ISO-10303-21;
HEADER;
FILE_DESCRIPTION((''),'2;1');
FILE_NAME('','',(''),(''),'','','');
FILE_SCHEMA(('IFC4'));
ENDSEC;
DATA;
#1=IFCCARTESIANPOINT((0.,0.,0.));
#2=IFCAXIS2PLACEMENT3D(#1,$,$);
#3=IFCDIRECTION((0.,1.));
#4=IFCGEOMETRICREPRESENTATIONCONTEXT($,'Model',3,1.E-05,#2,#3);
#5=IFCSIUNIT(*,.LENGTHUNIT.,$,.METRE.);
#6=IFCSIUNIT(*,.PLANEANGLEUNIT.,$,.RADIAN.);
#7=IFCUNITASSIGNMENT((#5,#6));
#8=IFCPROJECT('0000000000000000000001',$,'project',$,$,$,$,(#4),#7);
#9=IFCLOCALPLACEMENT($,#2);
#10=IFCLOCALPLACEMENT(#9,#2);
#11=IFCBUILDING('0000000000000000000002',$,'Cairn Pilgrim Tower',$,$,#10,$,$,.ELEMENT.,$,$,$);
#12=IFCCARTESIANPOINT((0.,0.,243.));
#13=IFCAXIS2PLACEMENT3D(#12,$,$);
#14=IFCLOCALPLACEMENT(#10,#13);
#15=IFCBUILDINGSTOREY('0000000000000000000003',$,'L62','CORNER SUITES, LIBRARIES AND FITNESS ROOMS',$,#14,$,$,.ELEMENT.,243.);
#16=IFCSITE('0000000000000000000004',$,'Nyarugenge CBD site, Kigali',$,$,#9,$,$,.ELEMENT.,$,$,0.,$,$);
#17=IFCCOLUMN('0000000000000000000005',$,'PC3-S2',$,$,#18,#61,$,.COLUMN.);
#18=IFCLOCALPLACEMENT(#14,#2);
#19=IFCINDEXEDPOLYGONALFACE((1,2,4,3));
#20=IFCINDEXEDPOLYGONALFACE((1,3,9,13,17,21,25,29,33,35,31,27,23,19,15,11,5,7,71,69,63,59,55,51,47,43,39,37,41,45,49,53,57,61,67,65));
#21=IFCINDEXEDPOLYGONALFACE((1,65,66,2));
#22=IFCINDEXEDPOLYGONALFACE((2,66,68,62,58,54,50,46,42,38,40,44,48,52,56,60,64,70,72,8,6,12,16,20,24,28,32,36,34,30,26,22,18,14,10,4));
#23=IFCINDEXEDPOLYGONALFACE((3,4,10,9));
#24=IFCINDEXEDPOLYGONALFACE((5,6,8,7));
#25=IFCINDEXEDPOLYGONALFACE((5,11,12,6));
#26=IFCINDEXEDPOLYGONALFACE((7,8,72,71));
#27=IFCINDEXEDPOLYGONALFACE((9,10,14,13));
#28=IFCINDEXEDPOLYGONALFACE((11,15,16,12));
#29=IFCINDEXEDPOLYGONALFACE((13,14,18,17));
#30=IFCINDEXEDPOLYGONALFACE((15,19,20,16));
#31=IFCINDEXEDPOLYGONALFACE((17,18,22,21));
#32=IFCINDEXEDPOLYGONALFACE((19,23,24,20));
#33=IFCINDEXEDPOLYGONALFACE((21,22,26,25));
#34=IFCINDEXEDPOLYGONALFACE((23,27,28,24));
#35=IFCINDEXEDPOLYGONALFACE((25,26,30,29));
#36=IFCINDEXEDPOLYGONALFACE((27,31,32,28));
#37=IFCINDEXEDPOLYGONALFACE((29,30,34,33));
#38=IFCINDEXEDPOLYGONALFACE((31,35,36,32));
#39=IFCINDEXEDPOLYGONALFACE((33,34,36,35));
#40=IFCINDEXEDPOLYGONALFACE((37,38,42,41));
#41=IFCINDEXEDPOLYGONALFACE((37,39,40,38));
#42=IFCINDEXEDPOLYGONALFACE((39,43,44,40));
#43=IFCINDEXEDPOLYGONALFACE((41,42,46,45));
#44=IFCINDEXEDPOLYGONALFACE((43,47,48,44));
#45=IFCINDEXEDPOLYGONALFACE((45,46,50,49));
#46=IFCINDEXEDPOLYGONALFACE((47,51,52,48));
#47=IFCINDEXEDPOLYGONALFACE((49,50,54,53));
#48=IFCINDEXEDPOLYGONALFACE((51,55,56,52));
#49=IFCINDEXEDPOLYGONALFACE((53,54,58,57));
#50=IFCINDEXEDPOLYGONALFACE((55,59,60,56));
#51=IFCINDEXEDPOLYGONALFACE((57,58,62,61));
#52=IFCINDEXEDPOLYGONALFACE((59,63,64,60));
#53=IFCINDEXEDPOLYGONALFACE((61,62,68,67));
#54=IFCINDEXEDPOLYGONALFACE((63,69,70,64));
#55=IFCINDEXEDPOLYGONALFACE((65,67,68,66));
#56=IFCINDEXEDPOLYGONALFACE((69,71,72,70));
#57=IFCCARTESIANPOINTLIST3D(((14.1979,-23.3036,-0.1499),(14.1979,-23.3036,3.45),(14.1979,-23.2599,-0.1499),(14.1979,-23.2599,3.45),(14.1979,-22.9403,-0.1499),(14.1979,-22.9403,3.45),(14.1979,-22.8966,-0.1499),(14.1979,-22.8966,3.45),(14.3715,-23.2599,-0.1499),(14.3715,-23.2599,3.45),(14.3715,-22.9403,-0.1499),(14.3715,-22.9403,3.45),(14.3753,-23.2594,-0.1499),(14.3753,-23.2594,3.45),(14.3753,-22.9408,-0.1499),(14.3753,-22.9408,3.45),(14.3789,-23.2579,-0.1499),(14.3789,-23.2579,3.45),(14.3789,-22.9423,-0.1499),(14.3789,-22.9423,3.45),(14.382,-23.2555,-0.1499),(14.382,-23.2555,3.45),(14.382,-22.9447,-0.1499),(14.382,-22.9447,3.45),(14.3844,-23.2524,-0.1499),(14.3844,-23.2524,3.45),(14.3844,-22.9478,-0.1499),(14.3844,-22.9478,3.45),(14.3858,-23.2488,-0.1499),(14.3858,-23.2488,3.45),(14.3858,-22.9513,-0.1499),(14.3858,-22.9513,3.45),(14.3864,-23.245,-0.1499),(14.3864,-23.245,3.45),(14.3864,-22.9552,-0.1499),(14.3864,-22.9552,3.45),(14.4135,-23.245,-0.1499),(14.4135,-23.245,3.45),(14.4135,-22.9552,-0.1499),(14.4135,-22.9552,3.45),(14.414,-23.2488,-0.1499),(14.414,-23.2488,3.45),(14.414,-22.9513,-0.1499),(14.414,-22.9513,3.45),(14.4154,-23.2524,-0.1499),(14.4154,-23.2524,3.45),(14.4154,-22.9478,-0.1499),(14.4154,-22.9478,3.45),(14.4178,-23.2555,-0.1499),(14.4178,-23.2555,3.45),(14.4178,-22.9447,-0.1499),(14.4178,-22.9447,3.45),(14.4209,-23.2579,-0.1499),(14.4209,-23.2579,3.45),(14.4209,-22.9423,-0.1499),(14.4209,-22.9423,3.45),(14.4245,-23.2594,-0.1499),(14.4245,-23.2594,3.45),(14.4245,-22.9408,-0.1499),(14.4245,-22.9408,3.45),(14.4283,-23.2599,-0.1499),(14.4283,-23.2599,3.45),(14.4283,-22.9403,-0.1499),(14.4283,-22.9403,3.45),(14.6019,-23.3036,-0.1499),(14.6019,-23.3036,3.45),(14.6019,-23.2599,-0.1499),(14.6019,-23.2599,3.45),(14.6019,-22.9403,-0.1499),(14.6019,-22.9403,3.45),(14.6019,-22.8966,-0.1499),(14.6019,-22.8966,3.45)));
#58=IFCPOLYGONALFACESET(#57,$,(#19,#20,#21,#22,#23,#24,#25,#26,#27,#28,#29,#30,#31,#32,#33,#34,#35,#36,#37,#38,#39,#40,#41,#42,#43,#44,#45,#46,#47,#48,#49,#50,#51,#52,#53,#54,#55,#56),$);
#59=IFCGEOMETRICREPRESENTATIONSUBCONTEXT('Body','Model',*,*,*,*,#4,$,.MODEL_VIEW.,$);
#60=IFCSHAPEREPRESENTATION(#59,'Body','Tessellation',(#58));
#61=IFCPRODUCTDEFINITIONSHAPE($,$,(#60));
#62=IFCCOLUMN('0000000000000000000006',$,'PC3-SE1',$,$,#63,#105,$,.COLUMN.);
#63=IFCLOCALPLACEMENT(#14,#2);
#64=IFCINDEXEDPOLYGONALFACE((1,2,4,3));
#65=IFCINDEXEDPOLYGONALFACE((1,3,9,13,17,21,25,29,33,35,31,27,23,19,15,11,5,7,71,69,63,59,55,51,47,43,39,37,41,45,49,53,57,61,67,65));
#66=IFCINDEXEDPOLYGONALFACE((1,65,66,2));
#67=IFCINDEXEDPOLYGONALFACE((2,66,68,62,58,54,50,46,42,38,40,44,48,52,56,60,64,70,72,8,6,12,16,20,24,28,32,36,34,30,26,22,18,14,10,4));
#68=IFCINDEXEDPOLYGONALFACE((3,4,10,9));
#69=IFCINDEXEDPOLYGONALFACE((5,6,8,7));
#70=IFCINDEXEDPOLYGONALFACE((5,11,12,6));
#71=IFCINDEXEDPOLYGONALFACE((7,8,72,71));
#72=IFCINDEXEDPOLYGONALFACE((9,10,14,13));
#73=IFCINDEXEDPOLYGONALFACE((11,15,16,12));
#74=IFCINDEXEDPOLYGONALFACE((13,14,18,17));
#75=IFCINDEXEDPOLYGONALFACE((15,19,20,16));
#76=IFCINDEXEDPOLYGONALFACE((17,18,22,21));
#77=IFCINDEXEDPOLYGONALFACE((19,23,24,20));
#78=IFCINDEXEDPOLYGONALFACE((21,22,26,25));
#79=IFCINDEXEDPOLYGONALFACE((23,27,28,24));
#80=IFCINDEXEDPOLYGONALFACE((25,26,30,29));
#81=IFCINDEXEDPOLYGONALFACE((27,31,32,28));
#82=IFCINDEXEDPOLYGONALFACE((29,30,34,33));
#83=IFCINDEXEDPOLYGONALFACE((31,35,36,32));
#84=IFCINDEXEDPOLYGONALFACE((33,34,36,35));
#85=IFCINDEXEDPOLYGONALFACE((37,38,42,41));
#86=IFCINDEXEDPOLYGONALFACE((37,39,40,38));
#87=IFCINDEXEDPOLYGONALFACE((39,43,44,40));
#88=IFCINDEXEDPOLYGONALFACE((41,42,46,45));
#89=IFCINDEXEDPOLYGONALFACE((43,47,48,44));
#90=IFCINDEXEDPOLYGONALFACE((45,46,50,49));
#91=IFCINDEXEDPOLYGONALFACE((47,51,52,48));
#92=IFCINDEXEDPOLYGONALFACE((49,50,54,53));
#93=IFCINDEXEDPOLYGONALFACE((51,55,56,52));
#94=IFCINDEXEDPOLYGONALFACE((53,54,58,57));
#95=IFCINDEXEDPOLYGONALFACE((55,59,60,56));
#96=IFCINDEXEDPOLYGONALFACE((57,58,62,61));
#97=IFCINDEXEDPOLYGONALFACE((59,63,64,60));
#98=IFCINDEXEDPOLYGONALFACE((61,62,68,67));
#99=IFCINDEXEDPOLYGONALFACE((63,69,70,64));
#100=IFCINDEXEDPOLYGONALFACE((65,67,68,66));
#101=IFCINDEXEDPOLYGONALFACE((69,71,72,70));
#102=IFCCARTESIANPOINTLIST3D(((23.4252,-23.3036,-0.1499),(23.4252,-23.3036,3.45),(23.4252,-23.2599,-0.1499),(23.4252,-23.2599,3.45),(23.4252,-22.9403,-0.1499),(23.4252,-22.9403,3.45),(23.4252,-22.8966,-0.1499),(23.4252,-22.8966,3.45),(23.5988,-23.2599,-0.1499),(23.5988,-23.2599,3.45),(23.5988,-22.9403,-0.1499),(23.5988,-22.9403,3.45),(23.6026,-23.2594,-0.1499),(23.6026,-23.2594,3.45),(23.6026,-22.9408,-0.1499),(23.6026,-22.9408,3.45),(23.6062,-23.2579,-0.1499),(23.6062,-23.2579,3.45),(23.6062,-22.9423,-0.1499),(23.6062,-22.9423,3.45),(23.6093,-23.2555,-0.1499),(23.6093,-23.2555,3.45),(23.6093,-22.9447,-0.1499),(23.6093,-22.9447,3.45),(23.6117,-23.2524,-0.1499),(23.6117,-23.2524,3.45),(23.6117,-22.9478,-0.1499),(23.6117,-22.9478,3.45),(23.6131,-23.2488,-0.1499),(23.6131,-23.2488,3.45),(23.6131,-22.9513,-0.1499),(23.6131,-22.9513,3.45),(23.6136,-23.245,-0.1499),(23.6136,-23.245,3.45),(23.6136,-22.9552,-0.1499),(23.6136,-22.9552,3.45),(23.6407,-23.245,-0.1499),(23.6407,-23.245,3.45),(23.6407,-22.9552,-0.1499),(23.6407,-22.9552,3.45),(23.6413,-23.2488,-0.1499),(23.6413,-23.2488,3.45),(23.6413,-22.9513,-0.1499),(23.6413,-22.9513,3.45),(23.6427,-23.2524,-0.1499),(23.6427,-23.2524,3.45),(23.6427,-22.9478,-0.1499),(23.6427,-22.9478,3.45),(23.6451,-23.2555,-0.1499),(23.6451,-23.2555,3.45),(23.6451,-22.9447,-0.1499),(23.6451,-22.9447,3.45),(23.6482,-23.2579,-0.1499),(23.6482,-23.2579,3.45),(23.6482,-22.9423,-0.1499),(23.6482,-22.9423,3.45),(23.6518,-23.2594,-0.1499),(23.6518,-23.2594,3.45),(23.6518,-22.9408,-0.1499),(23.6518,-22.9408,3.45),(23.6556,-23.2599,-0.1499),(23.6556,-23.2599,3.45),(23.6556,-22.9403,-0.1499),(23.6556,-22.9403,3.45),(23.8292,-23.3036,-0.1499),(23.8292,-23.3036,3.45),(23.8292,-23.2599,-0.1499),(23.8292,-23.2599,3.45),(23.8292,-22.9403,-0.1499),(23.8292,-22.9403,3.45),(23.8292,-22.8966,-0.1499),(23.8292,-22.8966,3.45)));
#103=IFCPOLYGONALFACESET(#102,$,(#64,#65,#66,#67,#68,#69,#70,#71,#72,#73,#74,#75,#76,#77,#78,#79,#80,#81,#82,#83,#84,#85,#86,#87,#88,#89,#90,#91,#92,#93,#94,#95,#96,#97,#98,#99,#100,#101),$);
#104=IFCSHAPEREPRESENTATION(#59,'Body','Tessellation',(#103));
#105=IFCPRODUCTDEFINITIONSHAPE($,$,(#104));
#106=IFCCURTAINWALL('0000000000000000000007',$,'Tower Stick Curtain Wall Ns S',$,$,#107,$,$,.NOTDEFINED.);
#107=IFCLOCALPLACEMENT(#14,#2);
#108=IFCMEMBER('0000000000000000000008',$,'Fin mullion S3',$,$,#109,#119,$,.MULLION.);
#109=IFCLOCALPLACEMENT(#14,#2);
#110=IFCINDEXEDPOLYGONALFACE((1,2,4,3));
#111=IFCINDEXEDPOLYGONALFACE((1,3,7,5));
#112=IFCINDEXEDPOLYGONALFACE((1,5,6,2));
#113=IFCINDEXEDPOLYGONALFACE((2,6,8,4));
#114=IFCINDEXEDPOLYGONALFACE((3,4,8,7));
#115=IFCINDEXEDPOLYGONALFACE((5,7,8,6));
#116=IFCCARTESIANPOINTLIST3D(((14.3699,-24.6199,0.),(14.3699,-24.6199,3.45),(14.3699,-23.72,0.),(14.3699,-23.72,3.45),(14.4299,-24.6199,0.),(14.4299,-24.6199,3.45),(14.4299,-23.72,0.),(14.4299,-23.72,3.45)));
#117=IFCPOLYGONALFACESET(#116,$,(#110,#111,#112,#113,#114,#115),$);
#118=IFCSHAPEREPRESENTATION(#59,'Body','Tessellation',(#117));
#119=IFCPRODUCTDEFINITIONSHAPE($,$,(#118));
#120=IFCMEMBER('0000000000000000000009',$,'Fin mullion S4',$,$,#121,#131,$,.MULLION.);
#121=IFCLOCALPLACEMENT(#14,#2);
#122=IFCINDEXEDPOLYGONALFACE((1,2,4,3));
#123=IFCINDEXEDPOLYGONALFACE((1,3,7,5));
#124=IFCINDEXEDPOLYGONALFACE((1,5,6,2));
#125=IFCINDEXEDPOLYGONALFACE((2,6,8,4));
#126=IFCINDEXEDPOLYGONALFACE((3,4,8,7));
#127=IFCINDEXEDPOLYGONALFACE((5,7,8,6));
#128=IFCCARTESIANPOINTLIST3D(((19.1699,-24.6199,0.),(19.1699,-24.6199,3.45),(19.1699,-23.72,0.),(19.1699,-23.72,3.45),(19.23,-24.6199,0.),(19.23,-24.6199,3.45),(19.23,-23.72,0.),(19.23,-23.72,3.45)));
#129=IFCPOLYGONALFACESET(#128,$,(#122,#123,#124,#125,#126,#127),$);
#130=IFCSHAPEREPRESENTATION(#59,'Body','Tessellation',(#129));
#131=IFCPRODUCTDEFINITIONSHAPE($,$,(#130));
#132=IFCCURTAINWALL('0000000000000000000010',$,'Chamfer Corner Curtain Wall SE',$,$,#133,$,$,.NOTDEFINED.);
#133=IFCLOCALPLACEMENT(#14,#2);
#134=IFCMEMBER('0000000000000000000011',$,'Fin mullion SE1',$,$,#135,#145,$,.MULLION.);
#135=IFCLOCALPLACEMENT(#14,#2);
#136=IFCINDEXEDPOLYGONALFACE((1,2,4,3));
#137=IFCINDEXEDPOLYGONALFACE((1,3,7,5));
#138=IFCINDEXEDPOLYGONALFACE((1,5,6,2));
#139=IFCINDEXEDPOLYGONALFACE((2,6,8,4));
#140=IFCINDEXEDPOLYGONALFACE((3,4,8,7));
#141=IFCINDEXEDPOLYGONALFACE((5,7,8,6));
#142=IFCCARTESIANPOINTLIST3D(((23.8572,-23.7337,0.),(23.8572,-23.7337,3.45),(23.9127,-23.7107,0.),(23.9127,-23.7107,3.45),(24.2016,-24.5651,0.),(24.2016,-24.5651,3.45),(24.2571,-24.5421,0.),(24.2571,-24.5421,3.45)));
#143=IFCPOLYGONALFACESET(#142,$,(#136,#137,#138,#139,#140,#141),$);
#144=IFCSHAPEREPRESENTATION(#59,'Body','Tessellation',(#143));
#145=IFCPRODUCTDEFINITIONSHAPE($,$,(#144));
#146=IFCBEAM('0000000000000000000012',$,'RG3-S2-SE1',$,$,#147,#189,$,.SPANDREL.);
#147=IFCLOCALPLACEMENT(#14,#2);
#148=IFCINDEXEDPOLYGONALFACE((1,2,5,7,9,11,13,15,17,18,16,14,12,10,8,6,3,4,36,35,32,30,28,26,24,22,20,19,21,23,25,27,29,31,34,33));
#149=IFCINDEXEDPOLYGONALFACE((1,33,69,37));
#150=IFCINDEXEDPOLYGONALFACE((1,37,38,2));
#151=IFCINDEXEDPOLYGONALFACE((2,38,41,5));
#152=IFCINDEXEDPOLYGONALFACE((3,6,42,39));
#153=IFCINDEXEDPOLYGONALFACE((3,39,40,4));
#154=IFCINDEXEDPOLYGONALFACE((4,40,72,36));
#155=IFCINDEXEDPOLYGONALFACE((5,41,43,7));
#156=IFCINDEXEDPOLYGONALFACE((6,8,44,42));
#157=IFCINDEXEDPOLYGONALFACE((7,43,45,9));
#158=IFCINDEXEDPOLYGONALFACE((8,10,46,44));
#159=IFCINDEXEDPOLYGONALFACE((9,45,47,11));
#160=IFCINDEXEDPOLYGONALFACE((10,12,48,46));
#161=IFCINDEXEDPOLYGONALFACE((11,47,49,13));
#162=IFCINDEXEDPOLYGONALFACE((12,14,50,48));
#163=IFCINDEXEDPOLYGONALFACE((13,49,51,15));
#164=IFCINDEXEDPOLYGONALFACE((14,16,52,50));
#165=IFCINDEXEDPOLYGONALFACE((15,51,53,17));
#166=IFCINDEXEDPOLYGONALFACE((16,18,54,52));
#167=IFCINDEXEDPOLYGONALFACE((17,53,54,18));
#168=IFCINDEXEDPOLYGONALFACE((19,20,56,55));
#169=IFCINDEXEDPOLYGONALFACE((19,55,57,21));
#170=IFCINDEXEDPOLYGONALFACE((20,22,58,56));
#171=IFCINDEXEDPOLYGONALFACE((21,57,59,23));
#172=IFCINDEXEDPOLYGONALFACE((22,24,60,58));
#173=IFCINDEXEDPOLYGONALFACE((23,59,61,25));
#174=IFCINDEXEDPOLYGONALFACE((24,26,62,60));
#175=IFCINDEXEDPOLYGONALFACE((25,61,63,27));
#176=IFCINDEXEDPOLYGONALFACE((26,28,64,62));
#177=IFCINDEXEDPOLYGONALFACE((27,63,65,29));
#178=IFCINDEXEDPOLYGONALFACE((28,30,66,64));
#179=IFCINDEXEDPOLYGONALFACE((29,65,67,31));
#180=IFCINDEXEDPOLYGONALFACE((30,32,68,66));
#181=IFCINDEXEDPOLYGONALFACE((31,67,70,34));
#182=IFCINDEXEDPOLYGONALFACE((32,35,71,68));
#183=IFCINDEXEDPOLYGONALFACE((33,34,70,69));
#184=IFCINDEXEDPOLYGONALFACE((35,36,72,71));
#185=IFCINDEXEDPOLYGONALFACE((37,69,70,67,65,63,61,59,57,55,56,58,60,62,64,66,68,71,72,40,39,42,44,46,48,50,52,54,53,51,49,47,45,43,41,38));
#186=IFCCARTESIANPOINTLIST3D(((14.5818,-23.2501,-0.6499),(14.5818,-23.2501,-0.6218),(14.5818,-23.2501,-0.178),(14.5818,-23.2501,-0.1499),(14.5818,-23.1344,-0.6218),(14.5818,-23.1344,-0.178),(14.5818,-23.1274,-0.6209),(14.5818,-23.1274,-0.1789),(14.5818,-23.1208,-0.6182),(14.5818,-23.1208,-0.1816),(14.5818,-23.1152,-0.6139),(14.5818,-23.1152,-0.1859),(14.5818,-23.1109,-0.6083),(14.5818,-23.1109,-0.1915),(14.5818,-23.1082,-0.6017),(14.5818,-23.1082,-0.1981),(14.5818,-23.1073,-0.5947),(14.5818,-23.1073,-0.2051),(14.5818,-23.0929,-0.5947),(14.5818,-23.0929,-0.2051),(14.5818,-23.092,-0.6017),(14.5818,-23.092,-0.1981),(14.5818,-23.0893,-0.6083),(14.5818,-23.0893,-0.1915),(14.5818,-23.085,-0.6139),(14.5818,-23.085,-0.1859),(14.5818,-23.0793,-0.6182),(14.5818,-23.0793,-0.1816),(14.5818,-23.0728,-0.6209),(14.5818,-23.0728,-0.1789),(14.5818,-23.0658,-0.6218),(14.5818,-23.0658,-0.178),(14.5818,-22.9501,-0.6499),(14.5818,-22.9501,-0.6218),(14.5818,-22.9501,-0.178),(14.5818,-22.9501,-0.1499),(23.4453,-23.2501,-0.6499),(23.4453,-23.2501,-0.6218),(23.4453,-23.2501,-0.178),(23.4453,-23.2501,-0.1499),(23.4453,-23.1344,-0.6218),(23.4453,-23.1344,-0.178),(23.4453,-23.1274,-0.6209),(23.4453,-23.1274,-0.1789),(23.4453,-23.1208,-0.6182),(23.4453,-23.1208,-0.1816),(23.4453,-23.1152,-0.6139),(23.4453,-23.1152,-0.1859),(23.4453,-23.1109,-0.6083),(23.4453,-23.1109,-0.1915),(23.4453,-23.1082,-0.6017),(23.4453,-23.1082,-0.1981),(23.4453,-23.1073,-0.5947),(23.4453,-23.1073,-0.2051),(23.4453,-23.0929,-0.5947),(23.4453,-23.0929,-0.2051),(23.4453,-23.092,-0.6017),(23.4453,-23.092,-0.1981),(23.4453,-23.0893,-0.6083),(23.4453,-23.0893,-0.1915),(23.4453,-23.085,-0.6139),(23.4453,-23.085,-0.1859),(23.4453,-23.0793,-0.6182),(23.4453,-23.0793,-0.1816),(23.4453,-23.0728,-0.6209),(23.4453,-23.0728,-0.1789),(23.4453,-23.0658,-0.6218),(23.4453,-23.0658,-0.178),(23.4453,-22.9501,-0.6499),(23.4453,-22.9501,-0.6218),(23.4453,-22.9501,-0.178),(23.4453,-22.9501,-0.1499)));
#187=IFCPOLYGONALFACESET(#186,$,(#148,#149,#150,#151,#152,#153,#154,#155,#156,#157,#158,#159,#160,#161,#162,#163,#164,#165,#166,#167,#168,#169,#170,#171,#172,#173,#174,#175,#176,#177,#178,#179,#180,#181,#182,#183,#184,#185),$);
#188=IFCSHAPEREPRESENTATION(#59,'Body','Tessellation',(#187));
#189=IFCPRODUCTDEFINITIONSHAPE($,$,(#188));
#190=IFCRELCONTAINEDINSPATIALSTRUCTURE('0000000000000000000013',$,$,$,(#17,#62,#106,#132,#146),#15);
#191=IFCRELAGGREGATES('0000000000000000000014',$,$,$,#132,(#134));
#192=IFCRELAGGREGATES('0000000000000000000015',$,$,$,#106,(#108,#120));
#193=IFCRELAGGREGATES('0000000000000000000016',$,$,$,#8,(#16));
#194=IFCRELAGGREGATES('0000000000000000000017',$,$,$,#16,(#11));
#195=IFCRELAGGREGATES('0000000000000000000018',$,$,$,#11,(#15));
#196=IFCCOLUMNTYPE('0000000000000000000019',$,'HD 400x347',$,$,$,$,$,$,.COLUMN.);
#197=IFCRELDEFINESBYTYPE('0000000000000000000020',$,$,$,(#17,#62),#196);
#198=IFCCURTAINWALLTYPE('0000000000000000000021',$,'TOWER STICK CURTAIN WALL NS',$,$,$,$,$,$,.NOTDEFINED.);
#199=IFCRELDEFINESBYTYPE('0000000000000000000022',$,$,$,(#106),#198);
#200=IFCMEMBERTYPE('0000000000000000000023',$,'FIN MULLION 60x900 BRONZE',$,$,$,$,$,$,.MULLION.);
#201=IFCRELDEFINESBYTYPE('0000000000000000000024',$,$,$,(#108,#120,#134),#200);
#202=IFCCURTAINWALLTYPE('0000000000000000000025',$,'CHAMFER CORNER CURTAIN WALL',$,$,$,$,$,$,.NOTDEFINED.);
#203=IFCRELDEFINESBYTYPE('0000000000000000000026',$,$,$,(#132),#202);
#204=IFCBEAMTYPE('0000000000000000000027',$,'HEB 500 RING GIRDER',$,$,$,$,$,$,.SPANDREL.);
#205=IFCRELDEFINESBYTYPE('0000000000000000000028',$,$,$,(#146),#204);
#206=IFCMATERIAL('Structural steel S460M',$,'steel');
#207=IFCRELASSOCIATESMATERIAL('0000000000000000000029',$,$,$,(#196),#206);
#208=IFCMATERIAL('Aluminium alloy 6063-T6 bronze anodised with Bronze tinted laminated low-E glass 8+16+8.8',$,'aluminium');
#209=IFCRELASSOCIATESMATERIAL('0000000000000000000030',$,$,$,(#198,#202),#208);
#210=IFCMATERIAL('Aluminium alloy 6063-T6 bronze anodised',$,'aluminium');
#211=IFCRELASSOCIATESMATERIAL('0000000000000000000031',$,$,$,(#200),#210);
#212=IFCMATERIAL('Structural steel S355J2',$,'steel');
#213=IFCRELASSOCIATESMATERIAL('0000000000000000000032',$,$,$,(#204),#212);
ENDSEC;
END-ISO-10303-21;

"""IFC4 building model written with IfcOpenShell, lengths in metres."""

from ifc_helpers import new_model, si_unit, direction, frame, origin, origin_2d, place, context, subcontext, project, spatial, rectangle, i_section, extrude, material, material_profile, profile_set, type_object, element, aggregate, save


model = new_model("IFC4")

# Units and contexts
model_context = context("Model", 3, precision=1e-05, world=origin(), true_north=direction((0.0, 1.0)))
body_context = subcontext(model_context, "Body", "Model", "MODEL_VIEW")
ifc_project = project(units=[si_unit("LENGTHUNIT", "METRE"), si_unit("PLANEANGLEUNIT", "RADIAN")], contexts=[model_context])

# Site, building, storey
site_placement = place(None, origin())
site = spatial("IfcSite", under=ifc_project, at=site_placement, Name="Nyarugenge CBD site, Kigali", CompositionType="ELEMENT", RefElevation=0.0)
building_placement = place(site_placement, origin())
building = spatial("IfcBuilding", under=site, at=building_placement, Name="Cairn Pilgrim Tower", CompositionType="ELEMENT")
storey_placement = place(building_placement, frame((0.0, 0.0, 243.0)))
storey = spatial("IfcBuildingStorey", under=building, at=storey_placement, Name="L62", Description="CORNER SUITES, LIBRARIES AND FITNESS ROOMS", CompositionType="ELEMENT", Elevation=243.0)

# Columns
ifc_material_1 = material(Name="Structural steel S460M", Category="steel")
ifc_material_profile_1 = material_profile(ifc_material_1, i_section(OverallWidth=0.4041, OverallDepth=0.407, WebThickness=0.0271, FlangeThickness=0.0437, FilletRadius=0.0149, at=origin_2d()), Name="HD 400x347")
ifc_profile_set_1 = profile_set([ifc_material_profile_1], Name="Structural steel S460M")
column_type = type_object("IfcColumnType", Name="HD 400x347", PredefinedType="COLUMN", material=ifc_profile_set_1)
for number, where, z_axis, x_axis, name in (
    (1, (14.3999, -23.1001, -0.1499), (0.0, 0.0, 1.0), (1.0, 0.0, 0.0), "PC3-S2"),
    (2, (23.6272, -23.1001, -0.1499), (0.0, 0.0, 1.0), (1.0, 0.0, 0.0), "PC3-SE1"),
):
    element("IfcColumn", number, at=place(storey_placement, frame(where, z_axis=z_axis, x_axis=x_axis)), inside=storey, type_object=column_type, Name=name, PredefinedType="COLUMN", context=body_context, shape_type="SweptSolid", body=[
        extrude(i_section(OverallWidth=0.4041, OverallDepth=0.407, WebThickness=0.0271, FlangeThickness=0.0437, FilletRadius=0.0149, at=origin_2d()), origin(), (0.0, 0.0, 1.0), 3.5999),
    ])

# Curtain wall, members
ifc_material_2 = material(Name="Aluminium alloy 6063-T6 bronze anodised with Bronze tinted laminated low-E glass 8+16+8.8", Category="aluminium")
curtain_wall_type_1 = type_object("IfcCurtainWallType", Name="TOWER STICK CURTAIN WALL NS", PredefinedType="NOTDEFINED", material=ifc_material_2)
curtain_wall_1_placement = place(storey_placement, origin())
curtain_wall_1 = element("IfcCurtainWall", 3, at=curtain_wall_1_placement, inside=storey, type_object=curtain_wall_type_1, Name="Tower Stick Curtain Wall Ns S", PredefinedType="NOTDEFINED")
ifc_material_3 = material(Name="Aluminium alloy 6063-T6 bronze anodised", Category="aluminium")
ifc_material_profile_2 = material_profile(ifc_material_3, rectangle(XDim=0.8999, YDim=0.0601, at=origin_2d()), Name="FIN MULLION 60x900 BRONZE")
ifc_profile_set_2 = profile_set([ifc_material_profile_2], Name="Aluminium alloy 6063-T6 bronze anodised")
member_type_1 = type_object("IfcMemberType", Name="FIN MULLION 60x900 BRONZE", PredefinedType="MULLION", material=ifc_profile_set_2)
member_1_placement = place(storey_placement, frame((14.3999, -24.1699, 0.0), z_axis=(0.0, 0.0, 1.0), x_axis=(0.0, -1.0, 0.0)))
member_1 = element("IfcMember", 4, at=member_1_placement, type_object=member_type_1, Name="Fin mullion S3", PredefinedType="MULLION", context=body_context, shape_type="SweptSolid", body=[
    extrude(rectangle(XDim=0.8999, YDim=0.0601, at=origin_2d()), origin(), (0.0, 0.0, 1.0), 3.45),
])
member_2_placement = place(storey_placement, frame((19.2, -24.1699, 0.0), z_axis=(0.0, 0.0, 1.0), x_axis=(0.0, -1.0, 0.0)))
member_2 = element("IfcMember", 5, at=member_2_placement, type_object=member_type_1, Name="Fin mullion S4", PredefinedType="MULLION", context=body_context, shape_type="SweptSolid", body=[
    extrude(rectangle(XDim=0.8999, YDim=0.0601, at=origin_2d()), origin(), (0.0, 0.0, 1.0), 3.45),
])

# Curtain wall, member
curtain_wall_type_2 = type_object("IfcCurtainWallType", Name="CHAMFER CORNER CURTAIN WALL", PredefinedType="NOTDEFINED", material=ifc_material_2)
curtain_wall_2_placement = place(storey_placement, origin())
curtain_wall_2 = element("IfcCurtainWall", 6, at=curtain_wall_2_placement, inside=storey, type_object=curtain_wall_type_2, Name="Chamfer Corner Curtain Wall SE", PredefinedType="NOTDEFINED")
member_3_placement = place(storey_placement, frame((24.0571, -24.1379, 0.0), z_axis=(0.0, 0.0, 1.0), x_axis=(0.382683, -0.92388, 0.0)))
member_3 = element("IfcMember", 7, at=member_3_placement, type_object=member_type_1, Name="Fin mullion SE1", PredefinedType="MULLION", context=body_context, shape_type="SweptSolid", body=[
    extrude(rectangle(XDim=0.8999, YDim=0.0601, at=origin_2d()), origin(), (0.0, 0.0, 1.0), 3.45),
])
aggregate(curtain_wall_2, [member_3])

# Beam
ifc_material_4 = material(Name="Structural steel S355J2", Category="steel")
ifc_material_profile_3 = material_profile(ifc_material_4, i_section(OverallWidth=0.3, OverallDepth=0.5, WebThickness=0.0144, FlangeThickness=0.0281, FilletRadius=0.0271, at=origin_2d()), Name="HEB 500")
ifc_profile_set_3 = profile_set([ifc_material_profile_3], Name="Structural steel S355J2")
beam_type_1 = type_object("IfcBeamType", Name="HEB 500 RING GIRDER", PredefinedType="SPANDREL", material=ifc_profile_set_3)
beam_1_placement = place(storey_placement, frame((14.5818, -23.1001, -0.3999), z_axis=(1.0, 0.0, 0.0), x_axis=(0.0, 1.0, 0.0)))
element("IfcBeam", 8, at=beam_1_placement, inside=storey, type_object=beam_type_1, Name="RG3-S2-SE1", PredefinedType="SPANDREL", context=body_context, shape_type="SweptSolid", body=[
    extrude(i_section(OverallWidth=0.3, OverallDepth=0.5, WebThickness=0.0144, FlangeThickness=0.0281, FilletRadius=0.0271, at=origin_2d()), origin(), (0.0, 0.0, 1.0), 8.8635),
])

aggregate(curtain_wall_1, [member_1, member_2])

save(model, "model.ifc")
